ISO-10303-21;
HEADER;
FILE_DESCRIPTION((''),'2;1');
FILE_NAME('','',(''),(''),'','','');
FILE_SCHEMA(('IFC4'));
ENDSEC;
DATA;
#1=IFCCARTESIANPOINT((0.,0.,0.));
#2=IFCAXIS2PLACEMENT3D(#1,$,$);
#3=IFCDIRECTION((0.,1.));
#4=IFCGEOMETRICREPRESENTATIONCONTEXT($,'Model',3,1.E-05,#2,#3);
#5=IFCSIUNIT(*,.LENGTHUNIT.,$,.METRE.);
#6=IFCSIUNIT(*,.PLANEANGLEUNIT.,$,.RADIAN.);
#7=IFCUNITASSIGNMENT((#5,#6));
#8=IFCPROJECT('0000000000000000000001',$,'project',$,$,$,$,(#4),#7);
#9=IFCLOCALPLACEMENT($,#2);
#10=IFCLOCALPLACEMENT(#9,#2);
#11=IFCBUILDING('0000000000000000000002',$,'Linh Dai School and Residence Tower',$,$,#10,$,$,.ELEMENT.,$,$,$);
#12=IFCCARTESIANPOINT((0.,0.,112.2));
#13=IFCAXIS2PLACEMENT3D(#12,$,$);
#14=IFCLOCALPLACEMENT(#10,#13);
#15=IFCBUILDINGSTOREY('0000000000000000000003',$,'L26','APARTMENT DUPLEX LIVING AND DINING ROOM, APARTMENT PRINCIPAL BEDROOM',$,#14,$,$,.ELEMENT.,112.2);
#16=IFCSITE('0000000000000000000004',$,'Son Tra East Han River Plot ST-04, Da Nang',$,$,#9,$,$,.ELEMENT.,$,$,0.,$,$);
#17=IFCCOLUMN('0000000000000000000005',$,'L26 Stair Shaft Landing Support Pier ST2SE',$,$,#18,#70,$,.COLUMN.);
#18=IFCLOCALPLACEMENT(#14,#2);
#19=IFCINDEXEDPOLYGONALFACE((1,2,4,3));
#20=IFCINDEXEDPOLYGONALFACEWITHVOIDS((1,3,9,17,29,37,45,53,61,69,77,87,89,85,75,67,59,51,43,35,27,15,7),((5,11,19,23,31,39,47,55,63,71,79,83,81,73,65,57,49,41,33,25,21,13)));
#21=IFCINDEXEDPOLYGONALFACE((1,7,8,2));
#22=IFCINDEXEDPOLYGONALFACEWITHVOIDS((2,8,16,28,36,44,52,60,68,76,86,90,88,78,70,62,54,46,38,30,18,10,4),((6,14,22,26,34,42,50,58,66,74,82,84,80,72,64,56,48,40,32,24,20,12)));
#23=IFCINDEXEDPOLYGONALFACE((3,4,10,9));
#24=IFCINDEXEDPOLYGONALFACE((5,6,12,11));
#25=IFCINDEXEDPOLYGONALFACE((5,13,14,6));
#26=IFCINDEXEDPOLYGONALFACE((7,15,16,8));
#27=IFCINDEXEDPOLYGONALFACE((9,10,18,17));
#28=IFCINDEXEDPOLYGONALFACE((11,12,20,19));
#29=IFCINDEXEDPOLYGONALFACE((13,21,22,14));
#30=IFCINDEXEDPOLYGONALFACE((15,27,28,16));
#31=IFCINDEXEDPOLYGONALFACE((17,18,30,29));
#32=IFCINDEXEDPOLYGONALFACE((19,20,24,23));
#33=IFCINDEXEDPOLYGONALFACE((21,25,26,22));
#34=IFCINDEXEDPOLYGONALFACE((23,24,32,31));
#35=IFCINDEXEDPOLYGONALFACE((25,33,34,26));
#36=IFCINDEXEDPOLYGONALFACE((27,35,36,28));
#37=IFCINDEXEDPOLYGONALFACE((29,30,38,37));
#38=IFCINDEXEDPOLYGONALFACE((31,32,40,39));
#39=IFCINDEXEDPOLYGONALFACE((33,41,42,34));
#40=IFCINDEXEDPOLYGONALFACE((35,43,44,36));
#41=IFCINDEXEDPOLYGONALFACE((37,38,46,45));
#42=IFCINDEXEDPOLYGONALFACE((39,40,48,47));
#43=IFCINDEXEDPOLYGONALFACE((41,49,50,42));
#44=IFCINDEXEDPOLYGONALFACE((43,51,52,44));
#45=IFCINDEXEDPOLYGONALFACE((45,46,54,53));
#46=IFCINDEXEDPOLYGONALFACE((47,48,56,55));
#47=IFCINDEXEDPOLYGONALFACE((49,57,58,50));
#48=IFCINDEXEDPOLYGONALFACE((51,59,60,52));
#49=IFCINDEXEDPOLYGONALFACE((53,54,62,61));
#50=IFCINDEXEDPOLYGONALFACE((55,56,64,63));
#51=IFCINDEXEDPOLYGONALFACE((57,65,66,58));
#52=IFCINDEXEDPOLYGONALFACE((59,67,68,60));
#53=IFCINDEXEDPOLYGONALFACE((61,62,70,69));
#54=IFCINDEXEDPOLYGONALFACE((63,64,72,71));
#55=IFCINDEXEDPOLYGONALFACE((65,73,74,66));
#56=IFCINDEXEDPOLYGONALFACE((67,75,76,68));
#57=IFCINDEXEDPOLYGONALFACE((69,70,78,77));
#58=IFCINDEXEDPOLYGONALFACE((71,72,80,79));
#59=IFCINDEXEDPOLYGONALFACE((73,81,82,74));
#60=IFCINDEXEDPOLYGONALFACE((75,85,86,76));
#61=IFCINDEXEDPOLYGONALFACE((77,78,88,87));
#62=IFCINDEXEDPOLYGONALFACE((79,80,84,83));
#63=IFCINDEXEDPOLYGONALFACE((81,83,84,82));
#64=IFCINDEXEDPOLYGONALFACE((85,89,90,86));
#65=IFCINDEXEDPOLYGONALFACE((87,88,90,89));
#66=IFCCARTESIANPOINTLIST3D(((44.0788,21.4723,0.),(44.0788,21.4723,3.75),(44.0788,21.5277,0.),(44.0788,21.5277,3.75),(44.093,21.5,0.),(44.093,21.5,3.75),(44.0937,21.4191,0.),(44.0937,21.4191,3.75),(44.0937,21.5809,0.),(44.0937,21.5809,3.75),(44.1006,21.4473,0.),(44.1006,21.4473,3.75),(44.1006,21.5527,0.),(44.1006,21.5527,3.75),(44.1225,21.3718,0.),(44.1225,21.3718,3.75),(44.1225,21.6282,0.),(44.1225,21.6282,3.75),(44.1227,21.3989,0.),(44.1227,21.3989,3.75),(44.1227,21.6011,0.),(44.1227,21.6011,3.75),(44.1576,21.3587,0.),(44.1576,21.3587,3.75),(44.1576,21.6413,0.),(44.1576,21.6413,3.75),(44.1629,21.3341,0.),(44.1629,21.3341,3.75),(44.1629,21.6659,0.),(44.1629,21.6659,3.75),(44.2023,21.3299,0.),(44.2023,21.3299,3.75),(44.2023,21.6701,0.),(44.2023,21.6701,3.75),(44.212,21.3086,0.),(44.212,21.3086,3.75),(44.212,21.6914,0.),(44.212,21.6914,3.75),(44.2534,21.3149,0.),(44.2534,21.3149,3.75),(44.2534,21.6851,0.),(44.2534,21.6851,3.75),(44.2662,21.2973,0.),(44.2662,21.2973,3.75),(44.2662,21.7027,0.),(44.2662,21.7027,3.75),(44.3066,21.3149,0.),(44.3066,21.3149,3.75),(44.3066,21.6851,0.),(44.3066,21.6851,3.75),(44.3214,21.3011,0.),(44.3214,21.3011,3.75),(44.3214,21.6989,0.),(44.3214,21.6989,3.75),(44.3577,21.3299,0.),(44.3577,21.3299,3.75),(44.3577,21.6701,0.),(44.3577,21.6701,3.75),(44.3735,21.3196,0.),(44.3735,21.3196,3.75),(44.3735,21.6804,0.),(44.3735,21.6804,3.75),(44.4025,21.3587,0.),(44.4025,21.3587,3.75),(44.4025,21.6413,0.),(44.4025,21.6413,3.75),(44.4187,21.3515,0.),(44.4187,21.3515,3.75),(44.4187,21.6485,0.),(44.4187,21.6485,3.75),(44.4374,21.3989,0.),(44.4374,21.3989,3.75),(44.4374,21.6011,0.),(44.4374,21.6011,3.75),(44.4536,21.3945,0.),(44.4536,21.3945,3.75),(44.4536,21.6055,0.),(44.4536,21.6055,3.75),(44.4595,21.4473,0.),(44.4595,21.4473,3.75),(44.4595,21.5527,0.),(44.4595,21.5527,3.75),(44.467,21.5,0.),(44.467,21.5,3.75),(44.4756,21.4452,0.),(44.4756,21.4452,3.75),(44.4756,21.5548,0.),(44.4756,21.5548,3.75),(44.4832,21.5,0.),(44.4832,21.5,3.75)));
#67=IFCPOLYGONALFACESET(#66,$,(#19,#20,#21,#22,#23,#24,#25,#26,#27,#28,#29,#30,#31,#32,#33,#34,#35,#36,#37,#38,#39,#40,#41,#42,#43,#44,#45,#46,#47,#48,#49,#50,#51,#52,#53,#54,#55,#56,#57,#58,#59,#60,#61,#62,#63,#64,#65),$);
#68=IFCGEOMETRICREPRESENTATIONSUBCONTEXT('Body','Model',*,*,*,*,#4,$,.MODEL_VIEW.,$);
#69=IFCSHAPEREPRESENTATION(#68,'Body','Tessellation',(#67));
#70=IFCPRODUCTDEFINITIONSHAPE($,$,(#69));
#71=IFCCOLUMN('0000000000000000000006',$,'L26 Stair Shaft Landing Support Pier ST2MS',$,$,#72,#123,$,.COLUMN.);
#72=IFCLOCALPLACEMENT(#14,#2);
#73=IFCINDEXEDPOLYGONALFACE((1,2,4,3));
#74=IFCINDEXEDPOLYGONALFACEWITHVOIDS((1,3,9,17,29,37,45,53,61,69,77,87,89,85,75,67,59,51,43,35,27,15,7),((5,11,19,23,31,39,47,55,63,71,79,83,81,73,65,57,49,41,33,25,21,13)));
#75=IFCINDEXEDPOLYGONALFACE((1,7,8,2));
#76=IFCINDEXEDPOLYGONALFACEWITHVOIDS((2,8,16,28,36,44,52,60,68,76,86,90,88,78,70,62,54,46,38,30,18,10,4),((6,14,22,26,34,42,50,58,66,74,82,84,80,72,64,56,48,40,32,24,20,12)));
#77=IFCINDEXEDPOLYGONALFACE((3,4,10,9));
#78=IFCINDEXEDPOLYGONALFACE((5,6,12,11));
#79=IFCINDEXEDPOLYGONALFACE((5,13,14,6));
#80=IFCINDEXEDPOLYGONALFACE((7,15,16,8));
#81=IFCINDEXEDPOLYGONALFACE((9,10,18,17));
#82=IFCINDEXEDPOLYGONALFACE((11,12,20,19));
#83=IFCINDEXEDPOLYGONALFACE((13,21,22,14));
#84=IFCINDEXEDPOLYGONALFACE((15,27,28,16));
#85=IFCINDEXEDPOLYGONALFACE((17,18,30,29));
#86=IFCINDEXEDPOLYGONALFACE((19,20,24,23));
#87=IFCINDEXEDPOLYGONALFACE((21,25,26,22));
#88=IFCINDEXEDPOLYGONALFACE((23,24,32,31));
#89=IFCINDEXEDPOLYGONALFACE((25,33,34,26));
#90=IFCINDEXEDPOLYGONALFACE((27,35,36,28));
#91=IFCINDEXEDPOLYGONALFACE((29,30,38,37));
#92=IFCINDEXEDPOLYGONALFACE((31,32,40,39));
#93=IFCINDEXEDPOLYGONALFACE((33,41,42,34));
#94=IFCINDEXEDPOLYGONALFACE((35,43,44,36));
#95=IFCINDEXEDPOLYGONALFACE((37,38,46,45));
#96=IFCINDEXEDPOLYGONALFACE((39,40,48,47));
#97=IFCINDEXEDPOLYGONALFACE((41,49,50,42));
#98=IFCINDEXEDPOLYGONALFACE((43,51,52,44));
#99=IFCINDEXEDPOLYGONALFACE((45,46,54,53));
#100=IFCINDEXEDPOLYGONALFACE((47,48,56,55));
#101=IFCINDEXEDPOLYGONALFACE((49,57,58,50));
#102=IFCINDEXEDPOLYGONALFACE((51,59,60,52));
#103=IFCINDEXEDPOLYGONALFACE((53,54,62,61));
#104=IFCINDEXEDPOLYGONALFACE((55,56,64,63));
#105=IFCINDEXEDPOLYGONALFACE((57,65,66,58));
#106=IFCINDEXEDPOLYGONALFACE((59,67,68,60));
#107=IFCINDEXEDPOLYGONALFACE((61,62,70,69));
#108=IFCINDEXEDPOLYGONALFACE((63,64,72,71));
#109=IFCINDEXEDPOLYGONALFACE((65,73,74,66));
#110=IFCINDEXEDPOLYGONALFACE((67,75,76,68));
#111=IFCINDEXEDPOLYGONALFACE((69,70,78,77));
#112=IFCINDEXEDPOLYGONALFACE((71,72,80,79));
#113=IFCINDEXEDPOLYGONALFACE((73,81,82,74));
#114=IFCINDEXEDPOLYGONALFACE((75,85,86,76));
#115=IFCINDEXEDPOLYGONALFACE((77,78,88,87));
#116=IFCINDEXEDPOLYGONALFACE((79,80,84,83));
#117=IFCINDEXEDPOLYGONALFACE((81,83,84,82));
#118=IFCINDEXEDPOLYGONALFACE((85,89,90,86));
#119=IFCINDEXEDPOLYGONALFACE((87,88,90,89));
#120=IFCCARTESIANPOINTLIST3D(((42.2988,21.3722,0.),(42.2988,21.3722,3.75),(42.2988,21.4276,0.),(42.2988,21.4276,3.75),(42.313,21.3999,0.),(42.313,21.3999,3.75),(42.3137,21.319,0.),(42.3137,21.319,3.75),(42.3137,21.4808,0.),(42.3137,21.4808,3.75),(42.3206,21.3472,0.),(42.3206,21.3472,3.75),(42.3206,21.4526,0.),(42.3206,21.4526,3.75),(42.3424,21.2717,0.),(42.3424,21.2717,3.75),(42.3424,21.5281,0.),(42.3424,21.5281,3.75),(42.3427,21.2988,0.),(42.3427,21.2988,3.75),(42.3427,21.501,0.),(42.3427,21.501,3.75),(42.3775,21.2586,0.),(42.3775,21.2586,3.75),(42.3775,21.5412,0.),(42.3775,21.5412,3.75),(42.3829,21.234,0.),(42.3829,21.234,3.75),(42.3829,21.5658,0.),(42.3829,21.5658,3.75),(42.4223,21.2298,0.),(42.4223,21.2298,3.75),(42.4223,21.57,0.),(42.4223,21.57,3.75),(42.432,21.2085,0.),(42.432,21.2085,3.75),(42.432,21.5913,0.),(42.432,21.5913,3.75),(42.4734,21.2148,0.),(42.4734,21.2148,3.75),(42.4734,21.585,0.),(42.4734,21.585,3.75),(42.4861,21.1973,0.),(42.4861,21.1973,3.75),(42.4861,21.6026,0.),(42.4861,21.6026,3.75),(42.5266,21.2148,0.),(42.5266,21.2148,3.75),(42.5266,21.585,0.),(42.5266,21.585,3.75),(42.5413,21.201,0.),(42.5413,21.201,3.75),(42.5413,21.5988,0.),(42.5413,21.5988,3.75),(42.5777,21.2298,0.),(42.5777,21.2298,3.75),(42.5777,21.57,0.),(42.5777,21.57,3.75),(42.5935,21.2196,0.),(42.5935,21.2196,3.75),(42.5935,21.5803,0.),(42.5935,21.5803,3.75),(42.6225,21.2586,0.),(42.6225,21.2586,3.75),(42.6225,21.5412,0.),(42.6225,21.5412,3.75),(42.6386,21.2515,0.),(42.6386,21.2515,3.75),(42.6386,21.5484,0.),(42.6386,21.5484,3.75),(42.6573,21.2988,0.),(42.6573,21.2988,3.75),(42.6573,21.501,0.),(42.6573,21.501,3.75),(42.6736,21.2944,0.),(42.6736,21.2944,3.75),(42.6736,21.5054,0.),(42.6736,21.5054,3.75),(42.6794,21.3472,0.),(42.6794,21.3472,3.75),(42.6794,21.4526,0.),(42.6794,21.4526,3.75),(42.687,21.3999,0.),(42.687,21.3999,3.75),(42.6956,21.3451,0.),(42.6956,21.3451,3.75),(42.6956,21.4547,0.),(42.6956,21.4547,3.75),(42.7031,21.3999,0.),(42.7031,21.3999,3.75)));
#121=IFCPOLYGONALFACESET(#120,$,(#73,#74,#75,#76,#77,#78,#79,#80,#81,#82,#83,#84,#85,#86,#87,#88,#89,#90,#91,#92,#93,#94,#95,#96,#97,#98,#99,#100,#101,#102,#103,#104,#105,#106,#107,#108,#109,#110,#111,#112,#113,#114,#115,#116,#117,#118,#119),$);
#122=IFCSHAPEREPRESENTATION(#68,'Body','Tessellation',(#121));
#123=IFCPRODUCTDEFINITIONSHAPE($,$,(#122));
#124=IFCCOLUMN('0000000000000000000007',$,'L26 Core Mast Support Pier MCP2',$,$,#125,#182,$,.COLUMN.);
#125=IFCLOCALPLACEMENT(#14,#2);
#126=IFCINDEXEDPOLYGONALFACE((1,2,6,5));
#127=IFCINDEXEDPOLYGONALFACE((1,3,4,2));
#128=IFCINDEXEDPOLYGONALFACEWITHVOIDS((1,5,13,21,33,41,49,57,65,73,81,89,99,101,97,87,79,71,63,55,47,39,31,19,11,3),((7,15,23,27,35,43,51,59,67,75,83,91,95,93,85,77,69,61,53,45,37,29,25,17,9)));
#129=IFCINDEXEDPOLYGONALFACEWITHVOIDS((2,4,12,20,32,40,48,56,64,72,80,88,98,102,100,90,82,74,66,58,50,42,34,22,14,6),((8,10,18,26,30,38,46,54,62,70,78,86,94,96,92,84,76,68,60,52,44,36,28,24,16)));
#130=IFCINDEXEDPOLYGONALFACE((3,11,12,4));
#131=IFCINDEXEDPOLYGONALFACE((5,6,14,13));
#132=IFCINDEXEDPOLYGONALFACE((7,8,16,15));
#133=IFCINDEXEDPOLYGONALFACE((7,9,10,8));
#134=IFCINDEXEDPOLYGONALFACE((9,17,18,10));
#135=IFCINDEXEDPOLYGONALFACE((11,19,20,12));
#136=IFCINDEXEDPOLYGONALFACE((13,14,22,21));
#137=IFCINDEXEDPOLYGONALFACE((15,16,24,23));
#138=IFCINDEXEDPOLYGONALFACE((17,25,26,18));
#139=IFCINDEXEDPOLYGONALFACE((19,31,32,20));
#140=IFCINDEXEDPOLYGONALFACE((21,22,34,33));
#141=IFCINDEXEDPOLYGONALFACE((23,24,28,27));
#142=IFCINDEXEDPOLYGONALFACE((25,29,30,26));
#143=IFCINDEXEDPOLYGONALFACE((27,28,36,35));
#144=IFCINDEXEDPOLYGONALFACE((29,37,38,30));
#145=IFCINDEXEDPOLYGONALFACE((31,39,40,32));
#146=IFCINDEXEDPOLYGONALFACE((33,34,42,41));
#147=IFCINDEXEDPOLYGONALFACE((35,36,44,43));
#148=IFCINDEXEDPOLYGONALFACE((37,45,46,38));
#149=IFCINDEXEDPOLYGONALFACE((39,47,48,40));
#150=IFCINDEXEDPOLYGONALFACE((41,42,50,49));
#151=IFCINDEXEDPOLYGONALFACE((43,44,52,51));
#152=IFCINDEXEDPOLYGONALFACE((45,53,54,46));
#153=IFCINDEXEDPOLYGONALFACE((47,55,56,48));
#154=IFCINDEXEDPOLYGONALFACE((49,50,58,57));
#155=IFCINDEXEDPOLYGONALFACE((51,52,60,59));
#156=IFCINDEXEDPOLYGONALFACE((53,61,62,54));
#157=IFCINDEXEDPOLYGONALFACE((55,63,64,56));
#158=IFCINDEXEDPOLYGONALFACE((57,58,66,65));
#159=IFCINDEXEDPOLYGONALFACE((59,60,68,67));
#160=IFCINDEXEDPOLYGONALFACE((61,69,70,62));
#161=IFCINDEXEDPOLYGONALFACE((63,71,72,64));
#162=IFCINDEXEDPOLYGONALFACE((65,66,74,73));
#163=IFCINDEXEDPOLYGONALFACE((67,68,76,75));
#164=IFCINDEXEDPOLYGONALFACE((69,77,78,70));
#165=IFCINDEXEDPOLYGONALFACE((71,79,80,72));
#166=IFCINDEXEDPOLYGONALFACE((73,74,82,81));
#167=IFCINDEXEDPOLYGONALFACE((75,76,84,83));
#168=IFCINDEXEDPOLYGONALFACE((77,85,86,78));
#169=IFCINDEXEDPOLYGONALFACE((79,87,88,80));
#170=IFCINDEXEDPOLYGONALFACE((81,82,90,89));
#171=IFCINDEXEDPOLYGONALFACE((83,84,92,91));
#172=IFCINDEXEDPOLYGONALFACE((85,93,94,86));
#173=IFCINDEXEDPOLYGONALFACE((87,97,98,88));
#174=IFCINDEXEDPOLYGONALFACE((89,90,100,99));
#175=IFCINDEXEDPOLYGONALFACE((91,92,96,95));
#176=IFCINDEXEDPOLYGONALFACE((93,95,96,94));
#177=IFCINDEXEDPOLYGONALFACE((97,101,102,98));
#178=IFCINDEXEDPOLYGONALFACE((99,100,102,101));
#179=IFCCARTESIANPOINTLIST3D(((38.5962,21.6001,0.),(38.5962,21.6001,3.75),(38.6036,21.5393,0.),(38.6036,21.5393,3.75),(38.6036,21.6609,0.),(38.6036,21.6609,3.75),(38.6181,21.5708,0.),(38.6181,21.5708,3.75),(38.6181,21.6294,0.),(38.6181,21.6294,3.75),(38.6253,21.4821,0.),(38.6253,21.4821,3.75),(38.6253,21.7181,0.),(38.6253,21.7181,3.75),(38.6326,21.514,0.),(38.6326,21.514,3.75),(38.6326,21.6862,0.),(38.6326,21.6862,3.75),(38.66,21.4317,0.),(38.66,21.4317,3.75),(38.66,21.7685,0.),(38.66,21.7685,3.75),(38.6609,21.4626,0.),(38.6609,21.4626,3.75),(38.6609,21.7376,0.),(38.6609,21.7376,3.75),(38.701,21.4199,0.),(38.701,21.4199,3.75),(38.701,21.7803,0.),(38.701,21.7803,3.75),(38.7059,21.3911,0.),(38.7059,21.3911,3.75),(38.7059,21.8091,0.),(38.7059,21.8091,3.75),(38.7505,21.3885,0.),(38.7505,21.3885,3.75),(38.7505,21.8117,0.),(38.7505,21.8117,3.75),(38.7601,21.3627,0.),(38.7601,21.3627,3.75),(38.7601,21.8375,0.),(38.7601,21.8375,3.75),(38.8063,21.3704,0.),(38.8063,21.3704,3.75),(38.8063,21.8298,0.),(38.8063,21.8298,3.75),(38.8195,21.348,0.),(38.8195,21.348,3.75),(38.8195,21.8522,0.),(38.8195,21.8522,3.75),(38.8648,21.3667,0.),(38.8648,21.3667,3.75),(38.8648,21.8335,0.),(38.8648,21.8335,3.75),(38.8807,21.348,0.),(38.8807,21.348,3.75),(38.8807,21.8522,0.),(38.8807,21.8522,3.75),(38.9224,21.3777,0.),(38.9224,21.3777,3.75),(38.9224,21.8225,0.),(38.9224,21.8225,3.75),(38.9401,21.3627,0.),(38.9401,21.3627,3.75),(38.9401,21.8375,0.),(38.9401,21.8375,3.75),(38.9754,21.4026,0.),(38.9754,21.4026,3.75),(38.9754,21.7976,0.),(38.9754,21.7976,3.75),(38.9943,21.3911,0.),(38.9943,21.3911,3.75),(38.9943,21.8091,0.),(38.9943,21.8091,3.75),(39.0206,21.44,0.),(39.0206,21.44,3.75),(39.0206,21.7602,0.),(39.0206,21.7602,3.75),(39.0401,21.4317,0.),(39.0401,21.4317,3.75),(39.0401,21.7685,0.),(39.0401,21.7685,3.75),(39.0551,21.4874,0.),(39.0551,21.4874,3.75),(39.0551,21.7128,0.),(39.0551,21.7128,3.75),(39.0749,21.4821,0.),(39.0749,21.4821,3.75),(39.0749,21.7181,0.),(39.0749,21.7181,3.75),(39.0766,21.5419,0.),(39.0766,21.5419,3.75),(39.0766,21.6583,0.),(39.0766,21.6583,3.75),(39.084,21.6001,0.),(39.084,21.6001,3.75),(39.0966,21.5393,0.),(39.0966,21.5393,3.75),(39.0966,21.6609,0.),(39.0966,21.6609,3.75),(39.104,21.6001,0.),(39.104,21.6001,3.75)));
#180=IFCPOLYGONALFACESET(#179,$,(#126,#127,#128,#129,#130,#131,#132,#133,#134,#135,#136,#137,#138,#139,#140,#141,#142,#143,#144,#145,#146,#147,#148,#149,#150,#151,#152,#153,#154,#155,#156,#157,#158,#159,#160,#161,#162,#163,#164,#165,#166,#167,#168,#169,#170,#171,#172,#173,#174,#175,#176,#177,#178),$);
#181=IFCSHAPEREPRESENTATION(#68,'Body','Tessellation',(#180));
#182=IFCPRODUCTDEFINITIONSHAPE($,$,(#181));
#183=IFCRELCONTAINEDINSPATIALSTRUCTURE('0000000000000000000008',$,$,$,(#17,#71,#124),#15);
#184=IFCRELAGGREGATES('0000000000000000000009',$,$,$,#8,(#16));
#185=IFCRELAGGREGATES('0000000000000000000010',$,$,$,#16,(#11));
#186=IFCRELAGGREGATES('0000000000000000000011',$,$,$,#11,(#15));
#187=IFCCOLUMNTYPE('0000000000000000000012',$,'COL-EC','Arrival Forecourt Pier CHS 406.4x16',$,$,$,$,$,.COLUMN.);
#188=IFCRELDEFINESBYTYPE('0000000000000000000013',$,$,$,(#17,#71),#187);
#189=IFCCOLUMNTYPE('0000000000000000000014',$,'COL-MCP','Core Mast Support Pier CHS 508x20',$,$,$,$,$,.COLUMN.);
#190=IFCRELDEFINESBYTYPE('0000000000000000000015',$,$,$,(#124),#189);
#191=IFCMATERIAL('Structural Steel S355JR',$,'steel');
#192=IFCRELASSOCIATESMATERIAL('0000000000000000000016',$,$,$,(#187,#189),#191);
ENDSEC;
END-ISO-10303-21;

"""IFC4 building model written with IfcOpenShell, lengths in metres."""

from ifc_helpers import new_model, si_unit, direction, frame, origin, origin_2d, place, context, subcontext, project, spatial, hollow_circle, extrude, material, material_profile, profile_set, type_object, element, save


model = new_model("IFC4")

# Units and contexts
model_context = context("Model", 3, precision=1e-05, world=origin(), true_north=direction((0.0, 1.0)))
body_context = subcontext(model_context, "Body", "Model", "MODEL_VIEW")
ifc_project = project(units=[si_unit("LENGTHUNIT", "METRE"), si_unit("PLANEANGLEUNIT", "RADIAN")], contexts=[model_context])

# Site, building, storey
site_placement = place(None, origin())
site = spatial("IfcSite", under=ifc_project, at=site_placement, Name="Son Tra East Han River Plot ST-04, Da Nang", CompositionType="ELEMENT", RefElevation=0.0)
building_placement = place(site_placement, origin())
building = spatial("IfcBuilding", under=site, at=building_placement, Name="Linh Dai School and Residence Tower", CompositionType="ELEMENT")
storey_placement = place(building_placement, frame((0.0, 0.0, 112.2)))
storey = spatial("IfcBuildingStorey", under=building, at=storey_placement, Name="L26", Description="APARTMENT DUPLEX LIVING AND DINING ROOM, APARTMENT PRINCIPAL BEDROOM", CompositionType="ELEMENT", Elevation=112.2)

# Columns
ifc_material_1 = material(Name="Structural Steel S355JR", Category="steel")
ifc_material_profile_1 = material_profile(ifc_material_1, hollow_circle(Radius=0.2031, WallThickness=0.0161, at=origin_2d()), Name="CHS 406.4x16")
ifc_profile_set_1 = profile_set([ifc_material_profile_1], Name="Structural Steel S355JR")
column_type_1 = type_object("IfcColumnType", Name="COL-EC", Description="Arrival Forecourt Pier CHS 406.4x16", PredefinedType="COLUMN", material=ifc_profile_set_1)
for number, where, z_axis, x_axis, name in (
    (1, (44.28, 21.5, 0.0), (0.0, 0.0, 1.0), (1.0, 0.0, 0.0), "L26 Stair Shaft Landing Support Pier ST2SE"),
    (2, (42.5, 21.3999, 0.0), (0.0, 0.0, 1.0), (1.0, 0.0, 0.0), "L26 Stair Shaft Landing Support Pier ST2MS"),
):
    element("IfcColumn", number, at=place(storey_placement, frame(where, z_axis=z_axis, x_axis=x_axis)), inside=storey, type_object=column_type_1, Name=name, PredefinedType="COLUMN", context=body_context, shape_type="SweptSolid", body=[
        extrude(hollow_circle(Radius=0.2031, WallThickness=0.0161, at=origin_2d()), origin(), (0.0, 0.0, 1.0), 3.75),
    ])
ifc_material_profile_2 = material_profile(ifc_material_1, hollow_circle(Radius=0.2539, WallThickness=0.02, at=origin_2d()), Name="CHS 508x20")
ifc_profile_set_2 = profile_set([ifc_material_profile_2], Name="Structural Steel S355JR")
column_type_2 = type_object("IfcColumnType", Name="COL-MCP", Description="Core Mast Support Pier CHS 508x20", PredefinedType="COLUMN", material=ifc_profile_set_2)
column_placement = place(storey_placement, frame((38.8501, 21.6001, 0.0), z_axis=(0.0, 0.0, 1.0), x_axis=(1.0, 0.0, 0.0)))
element("IfcColumn", 3, at=column_placement, inside=storey, type_object=column_type_2, Name="L26 Core Mast Support Pier MCP2", PredefinedType="COLUMN", context=body_context, shape_type="SweptSolid", body=[
    extrude(hollow_circle(Radius=0.2539, WallThickness=0.02, at=origin_2d()), origin(), (0.0, 0.0, 1.0), 3.75),
])

save(model, "model.ifc")
